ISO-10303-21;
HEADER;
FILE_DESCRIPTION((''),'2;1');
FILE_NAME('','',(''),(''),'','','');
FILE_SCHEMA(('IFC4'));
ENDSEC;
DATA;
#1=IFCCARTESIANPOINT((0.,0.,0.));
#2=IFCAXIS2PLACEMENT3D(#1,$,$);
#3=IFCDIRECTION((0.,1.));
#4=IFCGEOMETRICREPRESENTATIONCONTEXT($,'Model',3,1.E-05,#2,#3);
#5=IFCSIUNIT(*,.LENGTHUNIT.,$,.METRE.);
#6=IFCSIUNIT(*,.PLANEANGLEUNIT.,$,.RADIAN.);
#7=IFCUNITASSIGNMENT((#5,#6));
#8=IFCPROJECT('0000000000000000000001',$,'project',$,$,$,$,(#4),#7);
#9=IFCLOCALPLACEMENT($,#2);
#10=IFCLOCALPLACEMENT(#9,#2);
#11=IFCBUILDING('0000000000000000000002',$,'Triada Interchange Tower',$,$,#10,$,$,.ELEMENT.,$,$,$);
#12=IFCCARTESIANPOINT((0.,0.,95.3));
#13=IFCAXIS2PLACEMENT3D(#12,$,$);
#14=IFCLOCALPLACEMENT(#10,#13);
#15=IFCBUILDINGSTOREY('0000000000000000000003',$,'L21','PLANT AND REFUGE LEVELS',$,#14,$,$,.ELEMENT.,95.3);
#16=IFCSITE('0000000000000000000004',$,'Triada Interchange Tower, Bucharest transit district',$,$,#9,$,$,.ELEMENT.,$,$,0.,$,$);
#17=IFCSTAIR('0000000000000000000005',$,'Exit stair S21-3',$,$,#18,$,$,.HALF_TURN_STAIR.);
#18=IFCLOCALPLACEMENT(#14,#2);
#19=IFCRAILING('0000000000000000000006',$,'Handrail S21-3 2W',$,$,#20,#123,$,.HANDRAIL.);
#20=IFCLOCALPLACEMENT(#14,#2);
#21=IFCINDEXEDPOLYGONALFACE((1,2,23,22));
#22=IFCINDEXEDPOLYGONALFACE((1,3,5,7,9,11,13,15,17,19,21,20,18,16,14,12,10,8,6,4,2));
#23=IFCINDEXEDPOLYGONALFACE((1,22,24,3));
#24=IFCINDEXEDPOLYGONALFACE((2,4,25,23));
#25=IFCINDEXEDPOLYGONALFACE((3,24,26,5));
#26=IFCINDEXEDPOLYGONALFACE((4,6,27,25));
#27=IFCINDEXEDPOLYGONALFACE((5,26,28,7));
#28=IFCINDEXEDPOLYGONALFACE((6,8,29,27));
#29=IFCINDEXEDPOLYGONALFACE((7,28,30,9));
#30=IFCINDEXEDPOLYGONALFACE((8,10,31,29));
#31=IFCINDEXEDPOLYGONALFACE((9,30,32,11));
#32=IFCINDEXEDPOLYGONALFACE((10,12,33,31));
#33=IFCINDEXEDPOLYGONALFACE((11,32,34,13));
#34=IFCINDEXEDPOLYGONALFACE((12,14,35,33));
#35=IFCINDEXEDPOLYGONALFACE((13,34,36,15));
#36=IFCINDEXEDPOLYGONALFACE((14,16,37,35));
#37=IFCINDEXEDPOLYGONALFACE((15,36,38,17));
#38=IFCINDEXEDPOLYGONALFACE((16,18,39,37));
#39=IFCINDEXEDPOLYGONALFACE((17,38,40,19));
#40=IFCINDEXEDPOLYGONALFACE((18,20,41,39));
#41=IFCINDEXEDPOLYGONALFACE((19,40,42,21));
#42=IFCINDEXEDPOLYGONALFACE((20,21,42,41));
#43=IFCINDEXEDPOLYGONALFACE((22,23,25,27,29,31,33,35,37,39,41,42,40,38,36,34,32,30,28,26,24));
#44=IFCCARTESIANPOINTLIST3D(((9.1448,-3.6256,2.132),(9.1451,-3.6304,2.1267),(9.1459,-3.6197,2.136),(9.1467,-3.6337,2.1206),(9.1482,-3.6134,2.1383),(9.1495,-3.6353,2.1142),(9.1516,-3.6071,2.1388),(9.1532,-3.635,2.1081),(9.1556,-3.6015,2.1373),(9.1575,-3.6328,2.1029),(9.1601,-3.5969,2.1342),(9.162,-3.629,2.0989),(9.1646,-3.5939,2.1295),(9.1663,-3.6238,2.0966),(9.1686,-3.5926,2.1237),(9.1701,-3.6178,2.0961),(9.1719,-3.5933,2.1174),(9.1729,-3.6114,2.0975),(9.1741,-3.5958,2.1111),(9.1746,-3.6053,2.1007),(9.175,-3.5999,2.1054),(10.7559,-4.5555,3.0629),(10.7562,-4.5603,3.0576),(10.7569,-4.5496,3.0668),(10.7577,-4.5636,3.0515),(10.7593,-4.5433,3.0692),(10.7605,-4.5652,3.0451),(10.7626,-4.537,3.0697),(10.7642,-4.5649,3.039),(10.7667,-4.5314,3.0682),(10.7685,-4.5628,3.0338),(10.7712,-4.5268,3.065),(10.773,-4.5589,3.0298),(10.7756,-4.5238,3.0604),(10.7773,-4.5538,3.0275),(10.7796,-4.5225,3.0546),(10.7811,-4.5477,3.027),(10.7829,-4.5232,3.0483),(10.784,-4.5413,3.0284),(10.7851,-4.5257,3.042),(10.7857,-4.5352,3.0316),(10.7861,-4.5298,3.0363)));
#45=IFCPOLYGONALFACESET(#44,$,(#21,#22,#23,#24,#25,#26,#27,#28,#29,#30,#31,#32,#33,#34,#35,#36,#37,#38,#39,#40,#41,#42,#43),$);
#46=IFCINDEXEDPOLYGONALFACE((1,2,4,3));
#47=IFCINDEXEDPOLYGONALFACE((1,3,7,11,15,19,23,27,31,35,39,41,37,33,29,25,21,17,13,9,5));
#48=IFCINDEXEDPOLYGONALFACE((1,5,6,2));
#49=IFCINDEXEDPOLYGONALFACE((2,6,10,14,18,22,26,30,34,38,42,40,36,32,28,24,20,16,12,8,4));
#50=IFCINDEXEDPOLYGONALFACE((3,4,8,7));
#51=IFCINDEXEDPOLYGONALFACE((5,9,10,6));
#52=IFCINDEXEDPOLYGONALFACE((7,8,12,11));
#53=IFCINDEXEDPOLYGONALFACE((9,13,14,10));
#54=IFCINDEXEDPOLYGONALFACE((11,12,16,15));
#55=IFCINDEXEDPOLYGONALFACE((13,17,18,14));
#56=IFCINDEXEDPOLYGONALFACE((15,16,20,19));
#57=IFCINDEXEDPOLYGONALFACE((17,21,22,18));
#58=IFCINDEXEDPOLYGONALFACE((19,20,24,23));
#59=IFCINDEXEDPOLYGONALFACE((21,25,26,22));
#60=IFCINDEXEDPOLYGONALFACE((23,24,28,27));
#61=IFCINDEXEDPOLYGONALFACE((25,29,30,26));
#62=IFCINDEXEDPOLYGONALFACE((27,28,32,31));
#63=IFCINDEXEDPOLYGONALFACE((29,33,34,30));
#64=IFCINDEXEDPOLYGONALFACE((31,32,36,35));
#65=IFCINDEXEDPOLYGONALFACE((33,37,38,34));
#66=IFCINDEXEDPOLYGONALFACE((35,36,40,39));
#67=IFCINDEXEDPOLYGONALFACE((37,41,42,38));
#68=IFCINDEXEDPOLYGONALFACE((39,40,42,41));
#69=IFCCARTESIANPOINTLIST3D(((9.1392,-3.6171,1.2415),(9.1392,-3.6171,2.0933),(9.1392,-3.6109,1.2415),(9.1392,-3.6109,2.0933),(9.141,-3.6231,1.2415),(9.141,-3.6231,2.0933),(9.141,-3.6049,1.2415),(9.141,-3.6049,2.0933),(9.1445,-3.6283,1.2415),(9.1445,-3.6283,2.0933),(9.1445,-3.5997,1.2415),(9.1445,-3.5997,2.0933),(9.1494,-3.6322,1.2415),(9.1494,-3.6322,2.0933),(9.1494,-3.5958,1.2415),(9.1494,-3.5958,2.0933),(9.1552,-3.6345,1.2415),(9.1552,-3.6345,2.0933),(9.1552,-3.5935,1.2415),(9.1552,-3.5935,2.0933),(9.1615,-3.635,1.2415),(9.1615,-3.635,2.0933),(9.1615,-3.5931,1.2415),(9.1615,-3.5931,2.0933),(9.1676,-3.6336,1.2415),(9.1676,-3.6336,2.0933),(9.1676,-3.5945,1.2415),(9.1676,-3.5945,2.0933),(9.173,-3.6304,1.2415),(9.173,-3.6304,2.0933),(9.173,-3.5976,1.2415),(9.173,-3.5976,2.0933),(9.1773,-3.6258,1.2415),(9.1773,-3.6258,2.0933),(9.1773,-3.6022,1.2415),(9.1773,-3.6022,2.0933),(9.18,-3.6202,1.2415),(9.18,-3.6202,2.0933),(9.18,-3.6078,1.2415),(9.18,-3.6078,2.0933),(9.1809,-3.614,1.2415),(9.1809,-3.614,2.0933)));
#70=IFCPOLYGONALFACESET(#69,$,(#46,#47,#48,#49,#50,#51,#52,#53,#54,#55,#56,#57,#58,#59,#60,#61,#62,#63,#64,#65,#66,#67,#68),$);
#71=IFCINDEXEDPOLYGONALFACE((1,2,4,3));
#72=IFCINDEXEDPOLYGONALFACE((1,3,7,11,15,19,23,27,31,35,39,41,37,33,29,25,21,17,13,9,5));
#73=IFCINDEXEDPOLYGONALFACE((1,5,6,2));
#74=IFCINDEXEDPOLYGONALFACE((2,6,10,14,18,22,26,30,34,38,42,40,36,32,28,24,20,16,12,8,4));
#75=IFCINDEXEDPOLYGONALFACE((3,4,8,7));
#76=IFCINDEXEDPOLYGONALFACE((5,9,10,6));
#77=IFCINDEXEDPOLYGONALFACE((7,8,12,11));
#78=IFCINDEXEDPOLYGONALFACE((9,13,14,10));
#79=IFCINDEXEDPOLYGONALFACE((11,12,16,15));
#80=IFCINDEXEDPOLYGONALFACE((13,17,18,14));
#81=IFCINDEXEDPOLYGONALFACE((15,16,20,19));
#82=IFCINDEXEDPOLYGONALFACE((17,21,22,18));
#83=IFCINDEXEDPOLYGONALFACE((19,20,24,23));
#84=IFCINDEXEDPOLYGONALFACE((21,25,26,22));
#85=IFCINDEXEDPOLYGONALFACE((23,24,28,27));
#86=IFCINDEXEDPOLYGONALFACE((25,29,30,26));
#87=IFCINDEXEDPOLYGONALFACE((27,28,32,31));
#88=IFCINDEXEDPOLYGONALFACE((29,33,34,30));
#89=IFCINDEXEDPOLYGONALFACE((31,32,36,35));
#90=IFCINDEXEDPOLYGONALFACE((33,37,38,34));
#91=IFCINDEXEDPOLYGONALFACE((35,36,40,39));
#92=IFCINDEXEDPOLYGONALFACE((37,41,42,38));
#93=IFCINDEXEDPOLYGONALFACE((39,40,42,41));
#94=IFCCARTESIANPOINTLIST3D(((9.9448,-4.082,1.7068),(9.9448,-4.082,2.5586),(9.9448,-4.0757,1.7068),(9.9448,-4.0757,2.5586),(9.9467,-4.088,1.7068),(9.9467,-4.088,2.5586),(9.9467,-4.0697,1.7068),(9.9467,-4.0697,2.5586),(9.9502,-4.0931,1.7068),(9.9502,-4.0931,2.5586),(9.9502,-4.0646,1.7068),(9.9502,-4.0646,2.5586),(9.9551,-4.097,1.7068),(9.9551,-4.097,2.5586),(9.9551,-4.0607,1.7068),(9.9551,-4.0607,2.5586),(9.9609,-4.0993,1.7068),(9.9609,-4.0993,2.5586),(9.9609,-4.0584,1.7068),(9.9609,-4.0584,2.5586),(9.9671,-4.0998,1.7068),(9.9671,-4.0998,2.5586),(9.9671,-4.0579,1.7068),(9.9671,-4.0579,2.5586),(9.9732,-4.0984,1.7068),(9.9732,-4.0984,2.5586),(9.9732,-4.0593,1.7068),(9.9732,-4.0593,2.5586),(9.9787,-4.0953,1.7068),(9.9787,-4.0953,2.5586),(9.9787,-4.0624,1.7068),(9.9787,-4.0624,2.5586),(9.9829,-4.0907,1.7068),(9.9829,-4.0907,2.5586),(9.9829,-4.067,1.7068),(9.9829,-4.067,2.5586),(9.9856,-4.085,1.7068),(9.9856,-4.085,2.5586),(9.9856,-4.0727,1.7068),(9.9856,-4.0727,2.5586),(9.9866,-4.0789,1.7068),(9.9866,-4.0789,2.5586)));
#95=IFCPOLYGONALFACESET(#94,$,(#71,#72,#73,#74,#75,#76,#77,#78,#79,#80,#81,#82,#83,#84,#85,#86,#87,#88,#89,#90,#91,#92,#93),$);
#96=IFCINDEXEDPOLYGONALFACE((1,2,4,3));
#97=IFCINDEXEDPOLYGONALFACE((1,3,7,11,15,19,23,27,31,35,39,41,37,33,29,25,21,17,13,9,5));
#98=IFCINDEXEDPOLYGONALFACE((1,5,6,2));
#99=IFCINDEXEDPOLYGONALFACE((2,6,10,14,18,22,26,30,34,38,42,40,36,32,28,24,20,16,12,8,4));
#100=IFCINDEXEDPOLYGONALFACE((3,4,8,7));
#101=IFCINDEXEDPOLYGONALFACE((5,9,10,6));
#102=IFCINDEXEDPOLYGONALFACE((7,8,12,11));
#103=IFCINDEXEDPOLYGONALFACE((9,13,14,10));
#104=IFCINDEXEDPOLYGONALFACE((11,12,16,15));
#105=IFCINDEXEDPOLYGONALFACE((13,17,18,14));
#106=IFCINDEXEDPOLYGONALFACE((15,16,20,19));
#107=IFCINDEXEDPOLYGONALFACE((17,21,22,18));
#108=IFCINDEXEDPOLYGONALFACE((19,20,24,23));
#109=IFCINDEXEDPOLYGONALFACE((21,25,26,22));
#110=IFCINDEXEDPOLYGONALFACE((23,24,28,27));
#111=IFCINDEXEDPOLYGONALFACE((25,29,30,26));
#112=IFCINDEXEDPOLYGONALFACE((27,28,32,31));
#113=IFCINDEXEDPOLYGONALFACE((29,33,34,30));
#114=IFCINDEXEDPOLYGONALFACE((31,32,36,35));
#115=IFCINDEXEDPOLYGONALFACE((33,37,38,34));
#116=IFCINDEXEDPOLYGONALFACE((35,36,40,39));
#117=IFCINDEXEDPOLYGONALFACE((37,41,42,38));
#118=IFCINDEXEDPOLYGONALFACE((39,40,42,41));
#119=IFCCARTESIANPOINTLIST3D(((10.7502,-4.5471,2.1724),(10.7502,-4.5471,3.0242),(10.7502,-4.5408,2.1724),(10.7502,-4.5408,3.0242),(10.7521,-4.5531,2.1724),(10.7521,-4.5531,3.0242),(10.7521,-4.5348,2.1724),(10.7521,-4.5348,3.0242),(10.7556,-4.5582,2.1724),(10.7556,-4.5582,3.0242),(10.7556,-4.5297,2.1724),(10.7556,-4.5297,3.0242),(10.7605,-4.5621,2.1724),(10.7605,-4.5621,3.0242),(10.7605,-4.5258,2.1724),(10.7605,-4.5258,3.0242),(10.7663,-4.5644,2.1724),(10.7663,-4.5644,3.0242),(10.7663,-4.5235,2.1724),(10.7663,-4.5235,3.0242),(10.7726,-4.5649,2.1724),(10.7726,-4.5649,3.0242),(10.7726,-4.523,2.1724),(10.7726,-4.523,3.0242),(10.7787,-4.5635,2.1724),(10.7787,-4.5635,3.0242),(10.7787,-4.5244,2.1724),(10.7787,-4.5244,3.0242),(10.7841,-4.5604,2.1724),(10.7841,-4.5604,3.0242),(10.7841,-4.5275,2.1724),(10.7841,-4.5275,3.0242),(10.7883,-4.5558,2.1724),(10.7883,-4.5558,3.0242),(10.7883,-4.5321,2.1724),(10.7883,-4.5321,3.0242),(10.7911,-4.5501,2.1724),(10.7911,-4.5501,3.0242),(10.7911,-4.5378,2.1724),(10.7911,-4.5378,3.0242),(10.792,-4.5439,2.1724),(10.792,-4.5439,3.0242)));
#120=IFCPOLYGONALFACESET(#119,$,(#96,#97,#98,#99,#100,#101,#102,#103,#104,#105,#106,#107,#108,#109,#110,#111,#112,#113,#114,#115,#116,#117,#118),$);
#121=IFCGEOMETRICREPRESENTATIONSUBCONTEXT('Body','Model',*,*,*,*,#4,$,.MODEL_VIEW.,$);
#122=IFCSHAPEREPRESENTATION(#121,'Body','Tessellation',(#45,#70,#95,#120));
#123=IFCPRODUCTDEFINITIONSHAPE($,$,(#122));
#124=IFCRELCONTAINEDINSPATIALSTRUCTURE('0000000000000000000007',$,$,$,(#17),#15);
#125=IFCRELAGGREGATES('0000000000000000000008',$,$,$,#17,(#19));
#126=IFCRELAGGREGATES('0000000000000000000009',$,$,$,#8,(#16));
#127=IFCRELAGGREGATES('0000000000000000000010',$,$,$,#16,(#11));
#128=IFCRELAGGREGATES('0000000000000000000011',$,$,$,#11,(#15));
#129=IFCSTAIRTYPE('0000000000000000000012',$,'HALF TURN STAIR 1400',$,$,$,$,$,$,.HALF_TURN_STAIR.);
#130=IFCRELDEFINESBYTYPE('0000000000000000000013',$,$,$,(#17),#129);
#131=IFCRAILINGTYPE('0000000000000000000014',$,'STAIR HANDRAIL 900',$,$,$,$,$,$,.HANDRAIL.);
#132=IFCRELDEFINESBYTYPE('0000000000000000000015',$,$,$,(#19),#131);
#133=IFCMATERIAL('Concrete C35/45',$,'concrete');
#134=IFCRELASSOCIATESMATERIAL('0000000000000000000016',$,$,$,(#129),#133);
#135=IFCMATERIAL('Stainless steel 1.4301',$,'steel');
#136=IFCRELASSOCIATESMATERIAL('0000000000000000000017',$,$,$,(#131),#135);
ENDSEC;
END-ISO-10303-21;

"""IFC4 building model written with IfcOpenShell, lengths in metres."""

from ifc_helpers import new_model, si_unit, direction, frame, origin, origin_2d, place, context, subcontext, project, spatial, circle, extrude, material, type_object, element, aggregate, save


model = new_model("IFC4")

# Units and contexts
model_context = context("Model", 3, precision=1e-05, world=origin(), true_north=direction((0.0, 1.0)))
body_context = subcontext(model_context, "Body", "Model", "MODEL_VIEW")
ifc_project = project(units=[si_unit("LENGTHUNIT", "METRE"), si_unit("PLANEANGLEUNIT", "RADIAN")], contexts=[model_context])

# Site, building, storey
site_placement = place(None, origin())
site = spatial("IfcSite", under=ifc_project, at=site_placement, Name="Triada Interchange Tower, Bucharest transit district", CompositionType="ELEMENT", RefElevation=0.0)
building_placement = place(site_placement, origin())
building = spatial("IfcBuilding", under=site, at=building_placement, Name="Triada Interchange Tower", CompositionType="ELEMENT")
storey_placement = place(building_placement, frame((0.0, 0.0, 95.3)))
storey = spatial("IfcBuildingStorey", under=building, at=storey_placement, Name="L21", Description="PLANT AND REFUGE LEVELS", CompositionType="ELEMENT", Elevation=95.3)

# Shared definitions
ifc_material_1 = material(Name="Concrete C35/45", Category="concrete")

# Stair, railing
stair_type = type_object("IfcStairType", Name="HALF TURN STAIR 1400", PredefinedType="HALF_TURN_STAIR", material=ifc_material_1)
stair_placement = place(storey_placement, origin())
stair = element("IfcStair", 1, at=stair_placement, inside=storey, type_object=stair_type, Name="Exit stair S21-3", PredefinedType="HALF_TURN_STAIR")
ifc_material_2 = material(Name="Stainless steel 1.4301", Category="steel")
railing_type_1 = type_object("IfcRailingType", Name="STAIR HANDRAIL 900", PredefinedType="HANDRAIL", material=ifc_material_2)
railing_1_placement = place(storey_placement, frame((9.1599, -3.614, 1.2415)))
railing_1 = element("IfcRailing", 2, at=railing_1_placement, type_object=railing_type_1, Name="Handrail S21-3 2W", PredefinedType="HANDRAIL", context=body_context, shape_type="SweptSolid", body=[
    extrude(circle(Radius=0.0239, at=origin_2d()), frame((0.0, 0.0, 0.876), z_axis=(0.77451, -0.447054, 0.447523), x_axis=(0.499908, 0.866079, 0.0)), (0.0, 0.0, 1.0), 2.0801),
    extrude(circle(Radius=0.021, at=origin_2d()), origin(), (0.0, 0.0, 1.0), 0.8518),
    extrude(circle(Radius=0.021, at=origin_2d()), frame((0.8057, -0.4648, 0.4653)), (0.0, 0.0, 1.0), 0.8518),
    extrude(circle(Radius=0.021, at=origin_2d()), frame((1.6111, -0.9299, 0.9309)), (0.0, 0.0, 1.0), 0.8518),
])
aggregate(stair, [railing_1])

save(model, "model.ifc")
